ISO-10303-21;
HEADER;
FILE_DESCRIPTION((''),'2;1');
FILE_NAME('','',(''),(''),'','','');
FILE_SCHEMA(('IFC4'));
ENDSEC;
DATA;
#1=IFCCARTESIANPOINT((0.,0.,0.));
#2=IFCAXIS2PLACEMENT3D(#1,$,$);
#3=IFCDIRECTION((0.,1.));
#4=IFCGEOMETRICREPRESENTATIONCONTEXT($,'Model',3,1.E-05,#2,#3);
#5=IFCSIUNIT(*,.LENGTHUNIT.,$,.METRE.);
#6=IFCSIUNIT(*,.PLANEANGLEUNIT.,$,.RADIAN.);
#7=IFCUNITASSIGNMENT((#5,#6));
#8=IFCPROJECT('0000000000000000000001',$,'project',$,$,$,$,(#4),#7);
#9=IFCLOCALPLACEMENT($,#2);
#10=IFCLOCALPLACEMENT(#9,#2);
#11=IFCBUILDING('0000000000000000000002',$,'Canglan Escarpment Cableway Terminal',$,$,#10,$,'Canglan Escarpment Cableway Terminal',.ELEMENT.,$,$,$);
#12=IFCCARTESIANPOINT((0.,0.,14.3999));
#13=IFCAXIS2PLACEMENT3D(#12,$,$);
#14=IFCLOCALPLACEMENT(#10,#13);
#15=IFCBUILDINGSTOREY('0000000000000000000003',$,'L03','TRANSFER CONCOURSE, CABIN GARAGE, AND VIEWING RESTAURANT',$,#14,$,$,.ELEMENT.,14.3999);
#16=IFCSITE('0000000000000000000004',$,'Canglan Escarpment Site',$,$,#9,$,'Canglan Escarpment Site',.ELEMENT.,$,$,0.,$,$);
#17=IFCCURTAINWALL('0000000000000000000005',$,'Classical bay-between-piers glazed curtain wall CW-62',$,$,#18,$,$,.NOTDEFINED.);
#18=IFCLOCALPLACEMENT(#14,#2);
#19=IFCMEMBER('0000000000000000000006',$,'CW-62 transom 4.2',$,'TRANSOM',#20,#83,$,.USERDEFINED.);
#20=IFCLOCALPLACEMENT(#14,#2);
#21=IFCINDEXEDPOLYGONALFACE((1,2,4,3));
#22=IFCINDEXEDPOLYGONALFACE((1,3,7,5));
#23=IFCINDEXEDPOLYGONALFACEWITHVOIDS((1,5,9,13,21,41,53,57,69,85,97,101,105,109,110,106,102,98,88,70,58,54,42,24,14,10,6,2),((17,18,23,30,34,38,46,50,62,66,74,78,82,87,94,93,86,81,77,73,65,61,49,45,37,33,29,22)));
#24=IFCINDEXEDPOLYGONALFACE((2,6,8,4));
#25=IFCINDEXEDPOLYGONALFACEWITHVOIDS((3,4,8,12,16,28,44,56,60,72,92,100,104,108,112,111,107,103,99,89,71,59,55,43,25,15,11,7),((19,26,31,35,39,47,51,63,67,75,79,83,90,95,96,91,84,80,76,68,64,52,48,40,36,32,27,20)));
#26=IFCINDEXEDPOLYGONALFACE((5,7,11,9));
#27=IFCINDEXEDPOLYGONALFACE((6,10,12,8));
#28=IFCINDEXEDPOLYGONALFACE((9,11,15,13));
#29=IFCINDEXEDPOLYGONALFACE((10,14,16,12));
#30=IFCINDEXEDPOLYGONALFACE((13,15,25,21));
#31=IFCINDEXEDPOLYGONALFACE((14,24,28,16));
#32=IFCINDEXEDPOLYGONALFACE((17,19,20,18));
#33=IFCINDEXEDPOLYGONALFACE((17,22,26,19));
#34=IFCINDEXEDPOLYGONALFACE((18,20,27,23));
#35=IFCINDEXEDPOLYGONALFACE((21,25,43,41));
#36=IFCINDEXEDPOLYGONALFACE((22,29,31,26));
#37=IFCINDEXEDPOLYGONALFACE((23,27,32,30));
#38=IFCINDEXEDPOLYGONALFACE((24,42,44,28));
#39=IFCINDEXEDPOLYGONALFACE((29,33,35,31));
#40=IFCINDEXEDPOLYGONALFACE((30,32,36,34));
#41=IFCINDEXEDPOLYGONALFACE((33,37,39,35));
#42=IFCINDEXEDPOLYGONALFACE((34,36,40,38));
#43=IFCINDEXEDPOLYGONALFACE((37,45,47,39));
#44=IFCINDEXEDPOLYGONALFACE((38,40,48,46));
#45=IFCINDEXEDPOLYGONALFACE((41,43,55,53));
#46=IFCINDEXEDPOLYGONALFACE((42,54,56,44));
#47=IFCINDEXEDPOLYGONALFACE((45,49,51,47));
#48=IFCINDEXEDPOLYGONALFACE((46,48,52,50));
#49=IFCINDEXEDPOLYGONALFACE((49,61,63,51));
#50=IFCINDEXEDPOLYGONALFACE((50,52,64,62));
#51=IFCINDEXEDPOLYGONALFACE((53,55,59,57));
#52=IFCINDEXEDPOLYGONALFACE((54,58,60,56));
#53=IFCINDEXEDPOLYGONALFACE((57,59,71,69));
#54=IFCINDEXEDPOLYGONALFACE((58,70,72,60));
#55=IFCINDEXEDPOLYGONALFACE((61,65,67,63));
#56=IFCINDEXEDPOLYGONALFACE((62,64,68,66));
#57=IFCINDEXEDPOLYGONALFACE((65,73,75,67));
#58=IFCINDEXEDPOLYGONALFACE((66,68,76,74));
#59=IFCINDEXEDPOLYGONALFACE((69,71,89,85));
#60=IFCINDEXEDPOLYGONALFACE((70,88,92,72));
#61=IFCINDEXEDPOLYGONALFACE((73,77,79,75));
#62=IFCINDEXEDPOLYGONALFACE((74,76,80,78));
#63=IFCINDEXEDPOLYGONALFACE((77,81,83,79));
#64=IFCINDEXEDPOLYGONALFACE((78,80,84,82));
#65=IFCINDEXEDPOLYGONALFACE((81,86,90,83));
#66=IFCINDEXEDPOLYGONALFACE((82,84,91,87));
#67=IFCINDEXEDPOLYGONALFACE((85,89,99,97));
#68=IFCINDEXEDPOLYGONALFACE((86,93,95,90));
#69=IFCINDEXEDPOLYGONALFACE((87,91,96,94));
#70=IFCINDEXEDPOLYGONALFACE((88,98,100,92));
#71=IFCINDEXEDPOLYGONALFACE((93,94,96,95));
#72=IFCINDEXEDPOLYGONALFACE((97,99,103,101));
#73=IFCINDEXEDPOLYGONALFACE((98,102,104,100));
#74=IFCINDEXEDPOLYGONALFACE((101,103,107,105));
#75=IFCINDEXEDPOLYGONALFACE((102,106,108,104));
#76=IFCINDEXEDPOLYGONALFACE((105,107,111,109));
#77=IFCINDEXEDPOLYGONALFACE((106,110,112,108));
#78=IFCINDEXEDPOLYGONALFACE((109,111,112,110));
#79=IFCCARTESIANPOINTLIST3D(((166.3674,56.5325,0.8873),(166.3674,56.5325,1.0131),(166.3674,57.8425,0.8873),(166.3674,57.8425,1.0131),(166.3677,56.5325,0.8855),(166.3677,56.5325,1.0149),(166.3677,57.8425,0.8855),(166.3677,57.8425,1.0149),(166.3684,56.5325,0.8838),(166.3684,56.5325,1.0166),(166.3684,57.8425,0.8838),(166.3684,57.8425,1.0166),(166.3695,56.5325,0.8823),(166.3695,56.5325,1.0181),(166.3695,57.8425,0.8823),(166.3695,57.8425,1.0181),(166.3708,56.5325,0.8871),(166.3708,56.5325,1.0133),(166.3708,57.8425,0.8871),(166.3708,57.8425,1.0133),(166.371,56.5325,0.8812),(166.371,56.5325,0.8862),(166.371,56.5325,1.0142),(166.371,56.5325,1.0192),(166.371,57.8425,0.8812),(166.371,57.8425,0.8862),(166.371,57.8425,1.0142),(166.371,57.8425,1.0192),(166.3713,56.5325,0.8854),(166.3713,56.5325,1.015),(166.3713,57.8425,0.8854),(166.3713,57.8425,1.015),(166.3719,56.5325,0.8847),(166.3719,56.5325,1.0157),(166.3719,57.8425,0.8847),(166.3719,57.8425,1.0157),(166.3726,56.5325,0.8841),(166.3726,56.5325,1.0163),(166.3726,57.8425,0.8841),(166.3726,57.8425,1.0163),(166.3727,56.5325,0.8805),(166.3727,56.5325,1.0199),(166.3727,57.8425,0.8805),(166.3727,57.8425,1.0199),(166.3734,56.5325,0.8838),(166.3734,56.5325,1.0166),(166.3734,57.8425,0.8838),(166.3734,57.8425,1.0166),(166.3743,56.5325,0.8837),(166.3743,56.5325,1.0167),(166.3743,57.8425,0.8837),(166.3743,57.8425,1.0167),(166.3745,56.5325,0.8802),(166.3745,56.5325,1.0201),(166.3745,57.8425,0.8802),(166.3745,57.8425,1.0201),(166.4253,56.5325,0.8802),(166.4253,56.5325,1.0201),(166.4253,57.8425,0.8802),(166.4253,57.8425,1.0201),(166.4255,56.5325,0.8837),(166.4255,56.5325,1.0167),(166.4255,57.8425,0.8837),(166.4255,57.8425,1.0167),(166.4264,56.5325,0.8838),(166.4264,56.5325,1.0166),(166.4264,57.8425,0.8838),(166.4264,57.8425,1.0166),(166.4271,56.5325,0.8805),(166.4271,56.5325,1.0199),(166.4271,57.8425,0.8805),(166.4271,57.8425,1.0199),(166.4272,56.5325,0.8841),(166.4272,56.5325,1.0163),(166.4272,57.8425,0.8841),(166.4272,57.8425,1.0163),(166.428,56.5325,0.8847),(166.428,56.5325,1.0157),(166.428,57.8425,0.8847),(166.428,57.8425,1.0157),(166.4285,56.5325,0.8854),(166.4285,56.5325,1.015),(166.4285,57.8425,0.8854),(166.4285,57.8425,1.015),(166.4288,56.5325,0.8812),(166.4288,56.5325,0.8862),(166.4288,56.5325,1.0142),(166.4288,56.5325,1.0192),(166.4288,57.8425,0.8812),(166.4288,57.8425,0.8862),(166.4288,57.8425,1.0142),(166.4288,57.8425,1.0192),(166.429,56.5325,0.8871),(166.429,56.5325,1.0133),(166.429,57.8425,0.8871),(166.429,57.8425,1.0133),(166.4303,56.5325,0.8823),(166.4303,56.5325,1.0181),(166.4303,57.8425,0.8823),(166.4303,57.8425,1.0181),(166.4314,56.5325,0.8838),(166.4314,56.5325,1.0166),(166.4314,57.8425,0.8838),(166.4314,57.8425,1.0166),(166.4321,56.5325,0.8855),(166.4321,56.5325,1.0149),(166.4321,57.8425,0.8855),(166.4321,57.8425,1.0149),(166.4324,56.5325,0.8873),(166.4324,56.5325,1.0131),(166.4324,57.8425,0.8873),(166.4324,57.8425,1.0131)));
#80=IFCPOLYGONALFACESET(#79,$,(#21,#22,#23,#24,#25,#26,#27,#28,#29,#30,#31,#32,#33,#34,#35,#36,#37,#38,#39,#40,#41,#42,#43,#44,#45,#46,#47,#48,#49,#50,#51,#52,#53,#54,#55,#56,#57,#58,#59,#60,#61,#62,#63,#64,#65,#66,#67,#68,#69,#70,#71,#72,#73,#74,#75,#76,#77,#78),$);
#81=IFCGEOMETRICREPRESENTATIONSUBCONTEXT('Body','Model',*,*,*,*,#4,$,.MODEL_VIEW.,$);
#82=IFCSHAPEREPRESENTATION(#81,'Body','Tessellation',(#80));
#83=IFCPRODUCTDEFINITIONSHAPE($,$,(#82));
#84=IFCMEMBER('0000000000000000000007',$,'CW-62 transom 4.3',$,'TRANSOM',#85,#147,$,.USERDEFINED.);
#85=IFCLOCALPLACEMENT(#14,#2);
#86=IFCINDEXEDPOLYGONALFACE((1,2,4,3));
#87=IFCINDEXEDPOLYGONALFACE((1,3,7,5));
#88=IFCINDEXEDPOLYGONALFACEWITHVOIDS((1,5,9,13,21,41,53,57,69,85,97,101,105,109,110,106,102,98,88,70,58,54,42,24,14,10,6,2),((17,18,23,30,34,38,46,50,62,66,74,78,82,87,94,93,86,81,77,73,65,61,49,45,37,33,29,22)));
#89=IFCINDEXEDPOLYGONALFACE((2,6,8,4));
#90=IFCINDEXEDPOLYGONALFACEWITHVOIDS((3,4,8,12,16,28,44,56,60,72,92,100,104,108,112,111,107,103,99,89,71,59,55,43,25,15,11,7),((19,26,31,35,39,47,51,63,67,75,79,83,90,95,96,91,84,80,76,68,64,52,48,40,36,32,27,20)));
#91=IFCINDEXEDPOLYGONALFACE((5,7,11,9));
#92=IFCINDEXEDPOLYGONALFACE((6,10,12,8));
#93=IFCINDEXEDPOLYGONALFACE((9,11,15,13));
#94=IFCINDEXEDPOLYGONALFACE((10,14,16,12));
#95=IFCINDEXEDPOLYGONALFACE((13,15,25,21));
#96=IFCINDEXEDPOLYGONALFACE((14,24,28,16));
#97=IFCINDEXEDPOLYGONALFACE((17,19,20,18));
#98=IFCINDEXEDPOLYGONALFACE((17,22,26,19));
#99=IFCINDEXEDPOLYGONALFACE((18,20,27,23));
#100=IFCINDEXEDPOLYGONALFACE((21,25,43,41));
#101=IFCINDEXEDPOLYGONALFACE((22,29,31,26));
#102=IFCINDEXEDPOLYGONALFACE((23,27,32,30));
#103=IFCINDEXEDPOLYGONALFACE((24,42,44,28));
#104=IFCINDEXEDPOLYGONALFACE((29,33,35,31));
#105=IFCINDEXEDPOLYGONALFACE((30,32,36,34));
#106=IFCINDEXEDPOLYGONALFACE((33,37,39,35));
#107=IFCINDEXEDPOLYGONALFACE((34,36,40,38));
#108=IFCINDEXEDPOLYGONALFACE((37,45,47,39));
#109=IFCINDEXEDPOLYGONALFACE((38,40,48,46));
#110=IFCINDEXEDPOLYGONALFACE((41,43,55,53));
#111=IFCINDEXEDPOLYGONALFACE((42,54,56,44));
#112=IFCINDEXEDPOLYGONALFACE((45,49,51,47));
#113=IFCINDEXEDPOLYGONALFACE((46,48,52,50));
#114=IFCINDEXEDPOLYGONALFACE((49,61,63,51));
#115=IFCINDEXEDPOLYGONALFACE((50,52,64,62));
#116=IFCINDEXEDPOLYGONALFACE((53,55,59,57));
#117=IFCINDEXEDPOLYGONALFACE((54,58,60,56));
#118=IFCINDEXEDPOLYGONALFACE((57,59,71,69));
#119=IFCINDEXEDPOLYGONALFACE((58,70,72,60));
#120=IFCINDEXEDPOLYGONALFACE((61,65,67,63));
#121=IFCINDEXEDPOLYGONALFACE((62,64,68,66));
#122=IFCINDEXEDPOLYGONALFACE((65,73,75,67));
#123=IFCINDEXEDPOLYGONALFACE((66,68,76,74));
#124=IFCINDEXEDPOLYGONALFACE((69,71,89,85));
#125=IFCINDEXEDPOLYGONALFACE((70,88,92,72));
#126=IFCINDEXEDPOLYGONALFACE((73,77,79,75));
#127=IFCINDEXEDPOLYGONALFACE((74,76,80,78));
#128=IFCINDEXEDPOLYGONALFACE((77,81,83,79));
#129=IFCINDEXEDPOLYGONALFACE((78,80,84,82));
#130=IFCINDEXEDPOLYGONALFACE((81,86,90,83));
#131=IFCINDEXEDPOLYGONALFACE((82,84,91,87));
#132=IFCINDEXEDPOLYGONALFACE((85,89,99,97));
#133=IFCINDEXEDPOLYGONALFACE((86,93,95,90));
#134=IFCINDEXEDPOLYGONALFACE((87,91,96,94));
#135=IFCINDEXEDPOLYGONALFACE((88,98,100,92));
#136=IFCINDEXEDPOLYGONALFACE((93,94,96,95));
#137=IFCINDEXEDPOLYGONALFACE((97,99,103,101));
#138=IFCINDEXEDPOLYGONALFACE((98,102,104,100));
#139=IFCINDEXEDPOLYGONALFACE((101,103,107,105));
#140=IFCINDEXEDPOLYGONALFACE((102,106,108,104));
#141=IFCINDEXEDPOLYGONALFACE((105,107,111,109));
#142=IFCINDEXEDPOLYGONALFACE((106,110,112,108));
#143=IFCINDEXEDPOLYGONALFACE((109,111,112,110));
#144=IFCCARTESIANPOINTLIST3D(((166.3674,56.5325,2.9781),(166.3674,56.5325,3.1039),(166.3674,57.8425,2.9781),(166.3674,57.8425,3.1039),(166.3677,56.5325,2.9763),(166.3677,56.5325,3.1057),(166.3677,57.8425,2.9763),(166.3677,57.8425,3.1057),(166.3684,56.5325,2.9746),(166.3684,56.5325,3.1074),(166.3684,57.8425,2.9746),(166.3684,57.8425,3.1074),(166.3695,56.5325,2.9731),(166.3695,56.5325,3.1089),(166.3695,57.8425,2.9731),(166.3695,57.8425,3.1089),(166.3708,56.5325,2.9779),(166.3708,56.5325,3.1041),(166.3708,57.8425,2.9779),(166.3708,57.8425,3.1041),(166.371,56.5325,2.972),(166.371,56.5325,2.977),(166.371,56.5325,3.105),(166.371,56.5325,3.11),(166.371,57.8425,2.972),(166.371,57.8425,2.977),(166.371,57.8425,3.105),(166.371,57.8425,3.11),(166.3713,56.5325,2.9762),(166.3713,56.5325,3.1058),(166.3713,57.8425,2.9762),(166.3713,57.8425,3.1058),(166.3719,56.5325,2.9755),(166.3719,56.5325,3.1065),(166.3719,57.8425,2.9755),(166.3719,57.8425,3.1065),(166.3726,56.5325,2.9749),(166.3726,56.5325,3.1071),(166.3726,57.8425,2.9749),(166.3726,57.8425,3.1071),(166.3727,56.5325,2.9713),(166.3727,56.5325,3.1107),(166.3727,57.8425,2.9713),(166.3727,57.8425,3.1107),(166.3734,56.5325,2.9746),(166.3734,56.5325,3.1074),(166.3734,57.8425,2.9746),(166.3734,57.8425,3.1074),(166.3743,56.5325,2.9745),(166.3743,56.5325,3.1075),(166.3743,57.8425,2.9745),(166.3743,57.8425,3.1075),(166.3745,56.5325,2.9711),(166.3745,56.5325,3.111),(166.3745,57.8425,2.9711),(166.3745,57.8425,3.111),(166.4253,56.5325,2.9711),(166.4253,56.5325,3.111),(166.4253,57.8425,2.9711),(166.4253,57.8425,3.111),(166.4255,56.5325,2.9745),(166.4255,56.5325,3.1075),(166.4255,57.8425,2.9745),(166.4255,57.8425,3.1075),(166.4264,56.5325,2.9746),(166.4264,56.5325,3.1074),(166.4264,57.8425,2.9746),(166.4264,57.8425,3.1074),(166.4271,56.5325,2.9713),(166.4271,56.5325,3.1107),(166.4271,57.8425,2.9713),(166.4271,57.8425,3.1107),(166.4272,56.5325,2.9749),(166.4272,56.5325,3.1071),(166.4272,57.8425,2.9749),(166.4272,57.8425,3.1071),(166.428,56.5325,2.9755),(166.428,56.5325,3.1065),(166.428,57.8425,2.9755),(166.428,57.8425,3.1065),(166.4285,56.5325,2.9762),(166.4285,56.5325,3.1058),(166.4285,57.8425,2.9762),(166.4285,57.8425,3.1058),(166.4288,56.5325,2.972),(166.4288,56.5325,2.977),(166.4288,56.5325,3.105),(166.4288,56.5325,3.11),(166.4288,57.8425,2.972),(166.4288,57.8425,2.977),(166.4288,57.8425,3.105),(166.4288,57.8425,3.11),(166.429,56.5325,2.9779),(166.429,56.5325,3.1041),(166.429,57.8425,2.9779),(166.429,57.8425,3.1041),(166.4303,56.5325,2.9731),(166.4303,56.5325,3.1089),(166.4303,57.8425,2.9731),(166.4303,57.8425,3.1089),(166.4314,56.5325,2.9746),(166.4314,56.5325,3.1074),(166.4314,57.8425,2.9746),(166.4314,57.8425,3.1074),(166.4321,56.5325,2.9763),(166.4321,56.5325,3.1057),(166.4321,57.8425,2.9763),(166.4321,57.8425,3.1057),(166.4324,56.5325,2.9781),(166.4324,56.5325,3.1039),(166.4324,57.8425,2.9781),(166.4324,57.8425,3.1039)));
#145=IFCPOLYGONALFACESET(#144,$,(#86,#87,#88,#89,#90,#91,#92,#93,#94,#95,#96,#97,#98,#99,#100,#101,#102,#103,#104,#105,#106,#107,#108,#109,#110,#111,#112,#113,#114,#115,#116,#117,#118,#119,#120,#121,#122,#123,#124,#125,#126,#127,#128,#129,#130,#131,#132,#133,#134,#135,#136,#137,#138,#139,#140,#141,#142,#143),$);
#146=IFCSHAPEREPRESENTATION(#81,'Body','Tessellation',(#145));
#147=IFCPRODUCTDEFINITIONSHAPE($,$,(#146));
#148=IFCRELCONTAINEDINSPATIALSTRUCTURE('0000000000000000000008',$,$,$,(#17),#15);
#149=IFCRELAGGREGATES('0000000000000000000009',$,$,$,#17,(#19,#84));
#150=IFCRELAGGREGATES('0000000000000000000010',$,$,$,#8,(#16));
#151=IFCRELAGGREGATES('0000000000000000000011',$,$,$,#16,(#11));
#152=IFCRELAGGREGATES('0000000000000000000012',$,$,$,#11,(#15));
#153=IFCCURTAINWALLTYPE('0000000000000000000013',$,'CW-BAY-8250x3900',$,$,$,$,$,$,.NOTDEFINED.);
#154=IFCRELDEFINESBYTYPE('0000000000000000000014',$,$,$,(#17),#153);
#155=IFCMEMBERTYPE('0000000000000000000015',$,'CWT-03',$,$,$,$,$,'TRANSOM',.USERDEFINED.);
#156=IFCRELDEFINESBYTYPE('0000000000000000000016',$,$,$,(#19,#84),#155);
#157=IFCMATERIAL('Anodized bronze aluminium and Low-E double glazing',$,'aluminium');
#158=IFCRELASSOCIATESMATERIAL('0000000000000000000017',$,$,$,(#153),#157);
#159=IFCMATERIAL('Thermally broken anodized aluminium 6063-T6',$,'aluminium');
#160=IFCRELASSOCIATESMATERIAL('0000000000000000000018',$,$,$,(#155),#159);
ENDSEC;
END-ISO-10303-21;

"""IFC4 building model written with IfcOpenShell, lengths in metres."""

from ifc_helpers import new_model, si_unit, direction, frame, origin, origin_2d, place, context, subcontext, project, spatial, hollow_rectangle, extrude, material, material_profile, profile_set, type_object, element, aggregate, save


model = new_model("IFC4")

# Units and contexts
model_context = context("Model", 3, precision=1e-05, world=origin(), true_north=direction((0.0, 1.0)))
body_context = subcontext(model_context, "Body", "Model", "MODEL_VIEW")
ifc_project = project(units=[si_unit("LENGTHUNIT", "METRE"), si_unit("PLANEANGLEUNIT", "RADIAN")], contexts=[model_context])

# Site, building, storey
site_placement = place(None, origin())
site = spatial("IfcSite", under=ifc_project, at=site_placement, Name="Canglan Escarpment Site", LongName="Canglan Escarpment Site", CompositionType="ELEMENT", RefElevation=0.0)
building_placement = place(site_placement, origin())
building = spatial("IfcBuilding", under=site, at=building_placement, Name="Canglan Escarpment Cableway Terminal", LongName="Canglan Escarpment Cableway Terminal", CompositionType="ELEMENT")
storey_placement = place(building_placement, frame((0.0, 0.0, 14.3999)))
storey = spatial("IfcBuildingStorey", under=building, at=storey_placement, Name="L03", Description="TRANSFER CONCOURSE, CABIN GARAGE, AND VIEWING RESTAURANT", CompositionType="ELEMENT", Elevation=14.3999)

# Curtain wall, members
ifc_material_1 = material(Name="Anodized bronze aluminium and Low-E double glazing", Category="aluminium")
curtain_wall_type = type_object("IfcCurtainWallType", Name="CW-BAY-8250x3900", PredefinedType="NOTDEFINED", material=ifc_material_1)
curtain_wall_placement = place(storey_placement, origin())
curtain_wall = element("IfcCurtainWall", 1, at=curtain_wall_placement, inside=storey, type_object=curtain_wall_type, Name="Classical bay-between-piers glazed curtain wall CW-62", PredefinedType="NOTDEFINED")
ifc_material_2 = material(Name="Thermally broken anodized aluminium 6063-T6", Category="aluminium")
ifc_material_profile_1 = material_profile(ifc_material_2, hollow_rectangle(XDim=0.0649, YDim=0.1399, WallThickness=0.0034, InnerFilletRadius=0.0034, OuterFilletRadius=0.0071, at=origin_2d()), Name="ALU-TRAN 65x140x3.5")
ifc_profile_set_1 = profile_set([ifc_material_profile_1], Name="Thermally broken anodized aluminium 6063-T6")
member_type_1 = type_object("IfcMemberType", Name="CWT-03", ElementType="TRANSOM", PredefinedType="USERDEFINED", material=ifc_profile_set_1)
member_1_placement = place(storey_placement, frame((166.3999, 56.5325, 0.9502), z_axis=(0.0, 1.0, 0.0), x_axis=(-1.0, 0.0, 0.0)))
member_1 = element("IfcMember", 2, at=member_1_placement, type_object=member_type_1, Name="CW-62 transom 4.2", ObjectType="TRANSOM", PredefinedType="USERDEFINED", context=body_context, shape_type="SweptSolid", body=[
    extrude(hollow_rectangle(XDim=0.0649, YDim=0.1399, WallThickness=0.0034, InnerFilletRadius=0.0034, OuterFilletRadius=0.0071, at=origin_2d()), origin(), (0.0, 0.0, 1.0), 1.3101),
])
member_2_placement = place(storey_placement, frame((166.3999, 56.5325, 3.041), z_axis=(0.0, 1.0, 0.0), x_axis=(-1.0, 0.0, 0.0)))
member_2 = element("IfcMember", 3, at=member_2_placement, type_object=member_type_1, Name="CW-62 transom 4.3", ObjectType="TRANSOM", PredefinedType="USERDEFINED", context=body_context, shape_type="SweptSolid", body=[
    extrude(hollow_rectangle(XDim=0.0649, YDim=0.1399, WallThickness=0.0034, InnerFilletRadius=0.0034, OuterFilletRadius=0.0071, at=origin_2d()), origin(), (0.0, 0.0, 1.0), 1.3101),
])

aggregate(curtain_wall, [member_1, member_2])

save(model, "model.ifc")
